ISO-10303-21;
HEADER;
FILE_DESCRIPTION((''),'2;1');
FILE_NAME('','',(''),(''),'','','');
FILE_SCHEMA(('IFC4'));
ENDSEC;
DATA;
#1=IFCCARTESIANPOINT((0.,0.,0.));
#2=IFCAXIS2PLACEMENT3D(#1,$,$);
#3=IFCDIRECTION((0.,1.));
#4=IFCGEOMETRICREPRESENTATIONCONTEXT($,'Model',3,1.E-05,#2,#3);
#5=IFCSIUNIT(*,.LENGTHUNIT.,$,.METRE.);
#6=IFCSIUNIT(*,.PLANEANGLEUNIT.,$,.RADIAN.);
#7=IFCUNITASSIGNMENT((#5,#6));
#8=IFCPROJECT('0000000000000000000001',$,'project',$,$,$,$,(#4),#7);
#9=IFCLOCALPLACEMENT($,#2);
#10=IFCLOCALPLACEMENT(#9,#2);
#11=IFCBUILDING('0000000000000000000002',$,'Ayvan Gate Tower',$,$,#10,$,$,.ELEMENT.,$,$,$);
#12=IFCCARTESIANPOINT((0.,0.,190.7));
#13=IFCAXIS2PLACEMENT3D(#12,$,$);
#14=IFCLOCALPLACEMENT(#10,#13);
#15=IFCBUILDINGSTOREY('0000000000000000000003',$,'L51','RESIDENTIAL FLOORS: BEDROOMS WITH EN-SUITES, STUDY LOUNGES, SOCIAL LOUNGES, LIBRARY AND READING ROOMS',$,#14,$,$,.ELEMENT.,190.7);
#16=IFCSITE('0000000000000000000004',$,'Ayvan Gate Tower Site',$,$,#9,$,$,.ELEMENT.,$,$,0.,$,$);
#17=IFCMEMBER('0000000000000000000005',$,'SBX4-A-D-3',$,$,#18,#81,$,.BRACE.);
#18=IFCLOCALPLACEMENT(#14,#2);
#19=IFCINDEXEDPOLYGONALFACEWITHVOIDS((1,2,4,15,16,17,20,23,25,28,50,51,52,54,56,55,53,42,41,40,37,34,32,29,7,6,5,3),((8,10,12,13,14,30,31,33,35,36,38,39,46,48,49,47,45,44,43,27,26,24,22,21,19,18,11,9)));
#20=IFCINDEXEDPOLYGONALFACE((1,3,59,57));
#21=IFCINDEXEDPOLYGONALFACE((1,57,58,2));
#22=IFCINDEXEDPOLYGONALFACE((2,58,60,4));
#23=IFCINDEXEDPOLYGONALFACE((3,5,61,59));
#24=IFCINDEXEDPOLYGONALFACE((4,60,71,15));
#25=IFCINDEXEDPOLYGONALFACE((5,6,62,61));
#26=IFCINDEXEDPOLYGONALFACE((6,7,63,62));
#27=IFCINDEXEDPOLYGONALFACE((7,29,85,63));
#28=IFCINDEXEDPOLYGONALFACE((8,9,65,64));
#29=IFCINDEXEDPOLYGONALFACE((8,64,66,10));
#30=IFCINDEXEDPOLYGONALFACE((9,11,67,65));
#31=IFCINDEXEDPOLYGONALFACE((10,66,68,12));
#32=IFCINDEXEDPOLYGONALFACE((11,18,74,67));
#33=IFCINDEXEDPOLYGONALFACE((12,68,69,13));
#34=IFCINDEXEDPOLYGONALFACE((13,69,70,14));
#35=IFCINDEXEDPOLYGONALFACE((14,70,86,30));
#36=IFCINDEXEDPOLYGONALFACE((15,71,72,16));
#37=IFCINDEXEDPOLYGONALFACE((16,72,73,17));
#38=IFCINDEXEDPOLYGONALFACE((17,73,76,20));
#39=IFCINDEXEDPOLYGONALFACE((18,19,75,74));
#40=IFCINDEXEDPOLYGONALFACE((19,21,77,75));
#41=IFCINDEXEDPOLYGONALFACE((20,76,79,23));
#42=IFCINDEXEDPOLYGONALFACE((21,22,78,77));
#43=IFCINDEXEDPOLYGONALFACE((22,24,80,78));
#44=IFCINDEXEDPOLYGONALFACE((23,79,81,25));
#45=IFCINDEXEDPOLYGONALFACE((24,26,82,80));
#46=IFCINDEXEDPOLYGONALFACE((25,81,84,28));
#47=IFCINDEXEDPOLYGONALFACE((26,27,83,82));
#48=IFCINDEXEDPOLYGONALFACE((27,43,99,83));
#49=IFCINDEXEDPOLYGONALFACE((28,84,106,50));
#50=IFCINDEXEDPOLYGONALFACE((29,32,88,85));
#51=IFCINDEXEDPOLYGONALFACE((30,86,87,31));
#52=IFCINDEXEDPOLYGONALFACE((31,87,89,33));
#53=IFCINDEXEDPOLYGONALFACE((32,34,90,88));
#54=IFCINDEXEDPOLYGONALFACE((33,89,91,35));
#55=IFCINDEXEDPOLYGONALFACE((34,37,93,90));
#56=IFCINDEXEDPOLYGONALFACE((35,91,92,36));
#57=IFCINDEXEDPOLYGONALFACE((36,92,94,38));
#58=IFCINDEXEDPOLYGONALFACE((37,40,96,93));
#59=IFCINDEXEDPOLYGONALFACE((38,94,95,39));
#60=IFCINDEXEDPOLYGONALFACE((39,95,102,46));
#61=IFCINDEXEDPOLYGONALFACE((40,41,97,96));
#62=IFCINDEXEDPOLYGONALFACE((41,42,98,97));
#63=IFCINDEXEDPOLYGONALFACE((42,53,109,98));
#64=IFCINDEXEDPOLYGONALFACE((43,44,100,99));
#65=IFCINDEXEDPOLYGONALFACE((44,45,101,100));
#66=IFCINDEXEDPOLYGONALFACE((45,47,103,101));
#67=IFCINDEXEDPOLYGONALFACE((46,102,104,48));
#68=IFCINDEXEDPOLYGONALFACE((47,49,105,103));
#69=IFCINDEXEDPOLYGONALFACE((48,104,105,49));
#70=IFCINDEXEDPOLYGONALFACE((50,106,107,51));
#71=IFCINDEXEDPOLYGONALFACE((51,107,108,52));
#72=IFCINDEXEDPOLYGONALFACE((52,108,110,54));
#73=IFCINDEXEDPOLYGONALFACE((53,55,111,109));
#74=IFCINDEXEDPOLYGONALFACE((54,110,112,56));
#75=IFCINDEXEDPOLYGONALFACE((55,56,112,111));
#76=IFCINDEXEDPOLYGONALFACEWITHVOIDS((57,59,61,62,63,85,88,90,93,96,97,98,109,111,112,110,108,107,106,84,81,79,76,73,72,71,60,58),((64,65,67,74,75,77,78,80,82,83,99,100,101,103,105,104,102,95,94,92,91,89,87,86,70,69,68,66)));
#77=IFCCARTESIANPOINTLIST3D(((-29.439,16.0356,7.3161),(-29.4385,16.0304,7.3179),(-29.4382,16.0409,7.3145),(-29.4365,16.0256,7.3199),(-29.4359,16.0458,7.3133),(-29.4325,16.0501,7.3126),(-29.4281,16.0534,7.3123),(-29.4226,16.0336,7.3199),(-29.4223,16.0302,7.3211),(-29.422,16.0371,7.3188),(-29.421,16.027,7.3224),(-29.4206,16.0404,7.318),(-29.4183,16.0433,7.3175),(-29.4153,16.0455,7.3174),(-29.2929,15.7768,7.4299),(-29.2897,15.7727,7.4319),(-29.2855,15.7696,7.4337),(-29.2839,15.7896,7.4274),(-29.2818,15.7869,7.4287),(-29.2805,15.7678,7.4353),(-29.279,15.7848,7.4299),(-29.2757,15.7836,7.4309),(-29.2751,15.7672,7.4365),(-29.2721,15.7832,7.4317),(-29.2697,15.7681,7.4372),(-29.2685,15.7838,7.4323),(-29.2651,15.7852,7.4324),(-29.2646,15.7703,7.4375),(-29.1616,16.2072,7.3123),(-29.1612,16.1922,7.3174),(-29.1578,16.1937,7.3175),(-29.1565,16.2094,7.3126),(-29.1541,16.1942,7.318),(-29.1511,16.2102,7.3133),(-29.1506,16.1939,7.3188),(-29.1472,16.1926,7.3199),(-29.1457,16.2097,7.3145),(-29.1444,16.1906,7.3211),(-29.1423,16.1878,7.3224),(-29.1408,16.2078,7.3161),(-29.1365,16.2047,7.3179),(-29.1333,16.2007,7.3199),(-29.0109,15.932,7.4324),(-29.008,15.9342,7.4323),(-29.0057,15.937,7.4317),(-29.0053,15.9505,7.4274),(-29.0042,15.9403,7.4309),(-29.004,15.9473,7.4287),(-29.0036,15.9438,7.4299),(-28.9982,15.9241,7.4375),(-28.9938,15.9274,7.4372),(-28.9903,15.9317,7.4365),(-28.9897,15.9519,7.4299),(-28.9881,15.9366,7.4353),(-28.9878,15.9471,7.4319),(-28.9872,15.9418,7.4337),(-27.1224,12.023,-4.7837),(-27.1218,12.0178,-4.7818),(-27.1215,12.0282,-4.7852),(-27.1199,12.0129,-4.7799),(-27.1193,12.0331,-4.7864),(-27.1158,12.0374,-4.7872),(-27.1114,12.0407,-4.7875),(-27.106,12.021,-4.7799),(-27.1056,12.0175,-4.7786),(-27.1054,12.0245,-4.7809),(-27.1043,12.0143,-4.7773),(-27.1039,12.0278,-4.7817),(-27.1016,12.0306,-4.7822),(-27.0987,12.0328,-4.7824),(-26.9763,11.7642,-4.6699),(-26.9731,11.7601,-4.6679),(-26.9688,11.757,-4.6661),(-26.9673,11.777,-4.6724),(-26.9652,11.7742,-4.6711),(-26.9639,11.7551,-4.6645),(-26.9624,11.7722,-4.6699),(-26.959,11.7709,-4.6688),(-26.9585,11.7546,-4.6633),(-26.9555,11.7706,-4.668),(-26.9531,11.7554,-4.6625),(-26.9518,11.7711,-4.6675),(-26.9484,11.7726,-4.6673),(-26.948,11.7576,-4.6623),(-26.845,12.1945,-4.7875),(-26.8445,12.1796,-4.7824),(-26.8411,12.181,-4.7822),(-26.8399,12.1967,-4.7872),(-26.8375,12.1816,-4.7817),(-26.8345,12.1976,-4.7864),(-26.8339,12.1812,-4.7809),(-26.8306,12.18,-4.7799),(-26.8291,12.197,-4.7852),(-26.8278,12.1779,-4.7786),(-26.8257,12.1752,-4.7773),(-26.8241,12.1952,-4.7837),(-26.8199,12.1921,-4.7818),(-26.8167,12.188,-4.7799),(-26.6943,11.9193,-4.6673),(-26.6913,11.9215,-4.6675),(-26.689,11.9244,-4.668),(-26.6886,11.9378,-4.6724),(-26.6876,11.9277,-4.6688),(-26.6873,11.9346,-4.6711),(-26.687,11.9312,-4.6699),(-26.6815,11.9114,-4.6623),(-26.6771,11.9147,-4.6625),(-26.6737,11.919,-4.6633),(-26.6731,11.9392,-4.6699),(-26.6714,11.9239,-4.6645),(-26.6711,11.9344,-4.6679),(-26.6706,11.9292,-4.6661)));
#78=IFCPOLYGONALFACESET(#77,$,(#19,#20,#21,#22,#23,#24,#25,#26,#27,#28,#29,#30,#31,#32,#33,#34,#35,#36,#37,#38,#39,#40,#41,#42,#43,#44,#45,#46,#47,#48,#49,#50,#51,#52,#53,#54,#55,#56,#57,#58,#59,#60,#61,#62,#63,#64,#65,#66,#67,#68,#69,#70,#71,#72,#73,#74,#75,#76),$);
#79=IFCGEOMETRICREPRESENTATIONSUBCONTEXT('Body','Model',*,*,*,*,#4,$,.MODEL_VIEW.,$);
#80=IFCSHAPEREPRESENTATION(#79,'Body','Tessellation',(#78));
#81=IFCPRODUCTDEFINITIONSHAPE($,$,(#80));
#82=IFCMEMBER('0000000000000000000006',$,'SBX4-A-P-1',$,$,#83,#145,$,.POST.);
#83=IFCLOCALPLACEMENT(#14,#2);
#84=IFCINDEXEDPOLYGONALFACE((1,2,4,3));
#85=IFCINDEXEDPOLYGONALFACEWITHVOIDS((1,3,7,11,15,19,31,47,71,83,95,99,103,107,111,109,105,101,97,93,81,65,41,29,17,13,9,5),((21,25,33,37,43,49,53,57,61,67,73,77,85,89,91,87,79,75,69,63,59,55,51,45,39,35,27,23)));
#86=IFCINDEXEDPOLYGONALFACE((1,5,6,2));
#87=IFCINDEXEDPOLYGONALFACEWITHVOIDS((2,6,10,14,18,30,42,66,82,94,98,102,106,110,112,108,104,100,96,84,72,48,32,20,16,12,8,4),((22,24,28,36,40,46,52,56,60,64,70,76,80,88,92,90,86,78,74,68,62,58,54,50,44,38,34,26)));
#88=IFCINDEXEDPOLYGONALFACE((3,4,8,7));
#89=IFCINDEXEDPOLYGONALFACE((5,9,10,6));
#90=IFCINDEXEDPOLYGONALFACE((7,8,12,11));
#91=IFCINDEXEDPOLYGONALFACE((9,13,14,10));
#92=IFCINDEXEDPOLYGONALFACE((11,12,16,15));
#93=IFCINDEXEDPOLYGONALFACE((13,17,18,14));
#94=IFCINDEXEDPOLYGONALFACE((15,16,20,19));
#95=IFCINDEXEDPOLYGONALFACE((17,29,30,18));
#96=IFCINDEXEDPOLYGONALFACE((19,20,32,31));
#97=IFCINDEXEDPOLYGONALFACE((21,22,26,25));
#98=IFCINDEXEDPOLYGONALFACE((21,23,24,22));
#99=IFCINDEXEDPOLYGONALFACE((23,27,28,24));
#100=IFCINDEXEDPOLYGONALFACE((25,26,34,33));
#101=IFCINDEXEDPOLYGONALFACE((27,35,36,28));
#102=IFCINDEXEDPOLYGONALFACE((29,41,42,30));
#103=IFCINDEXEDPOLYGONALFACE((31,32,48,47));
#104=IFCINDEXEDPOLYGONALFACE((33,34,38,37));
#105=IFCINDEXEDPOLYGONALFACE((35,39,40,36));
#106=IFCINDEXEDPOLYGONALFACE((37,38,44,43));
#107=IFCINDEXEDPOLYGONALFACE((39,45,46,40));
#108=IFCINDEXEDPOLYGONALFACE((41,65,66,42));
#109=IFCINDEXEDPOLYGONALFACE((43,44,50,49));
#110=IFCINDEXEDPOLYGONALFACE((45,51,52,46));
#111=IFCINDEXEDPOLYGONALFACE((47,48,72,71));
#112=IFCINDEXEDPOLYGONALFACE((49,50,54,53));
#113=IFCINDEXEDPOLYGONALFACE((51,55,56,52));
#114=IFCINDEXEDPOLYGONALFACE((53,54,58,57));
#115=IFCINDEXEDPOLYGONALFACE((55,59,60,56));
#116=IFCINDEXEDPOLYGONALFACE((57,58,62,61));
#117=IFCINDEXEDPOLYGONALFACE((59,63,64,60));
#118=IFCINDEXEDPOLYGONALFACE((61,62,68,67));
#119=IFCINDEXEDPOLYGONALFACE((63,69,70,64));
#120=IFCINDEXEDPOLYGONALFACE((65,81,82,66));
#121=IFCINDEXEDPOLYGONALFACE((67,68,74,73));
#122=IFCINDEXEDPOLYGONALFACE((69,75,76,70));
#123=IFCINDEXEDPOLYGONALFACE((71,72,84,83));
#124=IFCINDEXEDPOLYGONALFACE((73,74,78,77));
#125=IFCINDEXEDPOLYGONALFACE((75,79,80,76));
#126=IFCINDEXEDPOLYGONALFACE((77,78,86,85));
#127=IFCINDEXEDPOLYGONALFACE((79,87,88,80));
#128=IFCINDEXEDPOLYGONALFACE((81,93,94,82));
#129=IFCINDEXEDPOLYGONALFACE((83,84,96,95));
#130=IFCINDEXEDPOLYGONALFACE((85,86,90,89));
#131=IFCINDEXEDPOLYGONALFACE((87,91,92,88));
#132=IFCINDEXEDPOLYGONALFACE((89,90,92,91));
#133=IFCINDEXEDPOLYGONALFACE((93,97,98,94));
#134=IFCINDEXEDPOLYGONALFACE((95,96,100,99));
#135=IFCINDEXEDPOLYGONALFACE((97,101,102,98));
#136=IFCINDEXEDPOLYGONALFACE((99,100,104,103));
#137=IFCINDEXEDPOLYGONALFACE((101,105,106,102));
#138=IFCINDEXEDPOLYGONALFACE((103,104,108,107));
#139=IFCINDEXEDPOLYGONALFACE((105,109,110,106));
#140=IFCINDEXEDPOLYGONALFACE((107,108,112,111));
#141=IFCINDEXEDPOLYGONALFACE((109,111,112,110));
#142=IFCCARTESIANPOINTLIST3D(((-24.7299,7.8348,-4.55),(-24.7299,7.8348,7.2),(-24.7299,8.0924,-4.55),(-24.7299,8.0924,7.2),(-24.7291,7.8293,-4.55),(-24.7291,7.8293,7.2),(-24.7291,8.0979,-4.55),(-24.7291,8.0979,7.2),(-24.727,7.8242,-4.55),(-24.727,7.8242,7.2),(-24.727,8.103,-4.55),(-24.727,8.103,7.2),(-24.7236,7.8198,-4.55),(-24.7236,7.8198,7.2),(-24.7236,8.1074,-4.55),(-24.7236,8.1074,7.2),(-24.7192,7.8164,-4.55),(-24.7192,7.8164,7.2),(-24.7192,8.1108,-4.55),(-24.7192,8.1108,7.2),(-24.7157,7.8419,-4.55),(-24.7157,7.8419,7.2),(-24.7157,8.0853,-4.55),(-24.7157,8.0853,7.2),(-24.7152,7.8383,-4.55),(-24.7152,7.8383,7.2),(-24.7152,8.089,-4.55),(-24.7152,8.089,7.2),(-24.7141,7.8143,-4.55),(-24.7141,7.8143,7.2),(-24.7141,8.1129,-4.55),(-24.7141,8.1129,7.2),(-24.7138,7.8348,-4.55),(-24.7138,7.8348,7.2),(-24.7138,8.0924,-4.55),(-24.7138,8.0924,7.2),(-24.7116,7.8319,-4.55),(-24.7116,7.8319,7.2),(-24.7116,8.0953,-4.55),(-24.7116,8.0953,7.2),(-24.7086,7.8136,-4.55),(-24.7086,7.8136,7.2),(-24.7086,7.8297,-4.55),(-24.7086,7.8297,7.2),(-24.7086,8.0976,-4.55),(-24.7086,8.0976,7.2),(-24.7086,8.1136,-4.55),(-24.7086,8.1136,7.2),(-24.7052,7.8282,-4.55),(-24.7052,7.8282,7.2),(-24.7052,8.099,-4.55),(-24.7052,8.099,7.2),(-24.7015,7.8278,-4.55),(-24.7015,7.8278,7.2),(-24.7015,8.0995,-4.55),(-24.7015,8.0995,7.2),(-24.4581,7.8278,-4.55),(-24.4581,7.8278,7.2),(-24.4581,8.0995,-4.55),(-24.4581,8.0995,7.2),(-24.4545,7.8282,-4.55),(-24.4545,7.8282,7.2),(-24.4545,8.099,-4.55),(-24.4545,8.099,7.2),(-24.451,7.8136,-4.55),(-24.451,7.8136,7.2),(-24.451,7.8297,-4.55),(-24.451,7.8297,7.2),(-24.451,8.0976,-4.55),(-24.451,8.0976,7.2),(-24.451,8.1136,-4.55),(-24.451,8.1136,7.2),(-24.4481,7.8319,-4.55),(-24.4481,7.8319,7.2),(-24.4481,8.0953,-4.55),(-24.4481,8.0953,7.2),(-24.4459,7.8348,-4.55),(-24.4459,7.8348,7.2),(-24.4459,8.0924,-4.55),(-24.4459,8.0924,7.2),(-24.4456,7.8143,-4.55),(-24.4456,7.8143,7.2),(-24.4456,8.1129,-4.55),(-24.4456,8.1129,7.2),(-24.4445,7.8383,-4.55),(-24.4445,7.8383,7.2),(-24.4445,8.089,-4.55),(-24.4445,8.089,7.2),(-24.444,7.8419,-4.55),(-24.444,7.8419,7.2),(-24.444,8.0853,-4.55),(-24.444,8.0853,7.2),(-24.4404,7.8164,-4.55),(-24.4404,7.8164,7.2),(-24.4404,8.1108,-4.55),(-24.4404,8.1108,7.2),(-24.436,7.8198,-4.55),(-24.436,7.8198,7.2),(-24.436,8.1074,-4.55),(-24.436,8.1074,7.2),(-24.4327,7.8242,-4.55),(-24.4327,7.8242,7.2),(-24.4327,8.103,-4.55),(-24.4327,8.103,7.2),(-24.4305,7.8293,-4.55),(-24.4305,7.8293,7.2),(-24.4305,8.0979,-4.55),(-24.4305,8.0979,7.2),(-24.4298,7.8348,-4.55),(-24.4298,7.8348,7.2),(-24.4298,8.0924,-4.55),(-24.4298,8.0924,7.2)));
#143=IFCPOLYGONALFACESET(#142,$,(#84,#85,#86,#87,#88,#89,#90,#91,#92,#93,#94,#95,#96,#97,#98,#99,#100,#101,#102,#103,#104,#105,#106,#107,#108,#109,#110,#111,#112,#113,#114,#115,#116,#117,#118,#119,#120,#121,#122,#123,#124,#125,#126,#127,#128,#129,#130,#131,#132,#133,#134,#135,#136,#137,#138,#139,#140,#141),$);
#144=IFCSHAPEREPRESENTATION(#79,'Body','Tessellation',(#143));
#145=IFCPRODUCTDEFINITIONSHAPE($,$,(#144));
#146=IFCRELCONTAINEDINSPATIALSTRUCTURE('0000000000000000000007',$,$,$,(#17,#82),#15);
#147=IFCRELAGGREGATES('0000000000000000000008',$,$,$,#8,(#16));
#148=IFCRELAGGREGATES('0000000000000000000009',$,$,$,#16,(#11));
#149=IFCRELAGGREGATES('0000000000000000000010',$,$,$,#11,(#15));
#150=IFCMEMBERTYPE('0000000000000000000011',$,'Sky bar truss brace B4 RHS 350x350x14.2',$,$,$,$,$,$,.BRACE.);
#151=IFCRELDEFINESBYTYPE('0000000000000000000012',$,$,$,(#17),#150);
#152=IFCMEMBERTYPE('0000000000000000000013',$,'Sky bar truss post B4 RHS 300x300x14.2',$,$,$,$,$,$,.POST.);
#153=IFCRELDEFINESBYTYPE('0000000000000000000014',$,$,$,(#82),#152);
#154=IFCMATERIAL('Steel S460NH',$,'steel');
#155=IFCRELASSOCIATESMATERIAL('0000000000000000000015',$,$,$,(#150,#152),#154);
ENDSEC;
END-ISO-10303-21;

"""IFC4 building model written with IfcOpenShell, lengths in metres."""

from ifc_helpers import new_model, si_unit, direction, frame, origin, origin_2d, place, context, subcontext, project, spatial, hollow_rectangle, extrude, material, material_profile, profile_set, type_object, element, save


model = new_model("IFC4")

# Units and contexts
model_context = context("Model", 3, precision=1e-05, world=origin(), true_north=direction((0.0, 1.0)))
body_context = subcontext(model_context, "Body", "Model", "MODEL_VIEW")
ifc_project = project(units=[si_unit("LENGTHUNIT", "METRE"), si_unit("PLANEANGLEUNIT", "RADIAN")], contexts=[model_context])

# Site, building, storey
site_placement = place(None, origin())
site = spatial("IfcSite", under=ifc_project, at=site_placement, Name="Ayvan Gate Tower Site", CompositionType="ELEMENT", RefElevation=0.0)
building_placement = place(site_placement, origin())
building = spatial("IfcBuilding", under=site, at=building_placement, Name="Ayvan Gate Tower", CompositionType="ELEMENT")
storey_placement = place(building_placement, frame((0.0, 0.0, 190.7)))
storey = spatial("IfcBuildingStorey", under=building, at=storey_placement, Name="L51", Description="RESIDENTIAL FLOORS: BEDROOMS WITH EN-SUITES, STUDY LOUNGES, SOCIAL LOUNGES, LIBRARY AND READING ROOMS", CompositionType="ELEMENT", Elevation=190.7)

# Members
ifc_material_1 = material(Name="Steel S460NH", Category="steel")
ifc_material_profile_1 = material_profile(ifc_material_1, hollow_rectangle(XDim=0.3501, YDim=0.3501, WallThickness=0.0142, InnerFilletRadius=0.0142, OuterFilletRadius=0.0212, at=origin_2d()), Name="RHS 350x350x14.2")
ifc_profile_set_1 = profile_set([ifc_material_profile_1], Name="Steel S460NH")
member_type_1 = type_object("IfcMemberType", Name="Sky bar truss brace B4 RHS 350x350x14.2", PredefinedType="BRACE", material=ifc_profile_set_1)
for number, where, z_axis, x_axis, name in (
    (1, (-26.8965, 11.9761, -4.7249), (-0.1788, 0.309701, 0.933871), (-0.866033, -0.499987, 0.0), "SBX4-A-D-3"),
):
    element("IfcMember", number, at=place(storey_placement, frame(where, z_axis=z_axis, x_axis=x_axis)), inside=storey, type_object=member_type_1, Name=name, PredefinedType="BRACE", context=body_context, shape_type="SweptSolid", body=[
        extrude(hollow_rectangle(XDim=0.3501, YDim=0.3501, WallThickness=0.0142, InnerFilletRadius=0.0142, OuterFilletRadius=0.0212, at=origin_2d()), origin(), (0.0, 0.0, 1.0), 12.9565),
    ])
ifc_material_profile_2 = material_profile(ifc_material_1, hollow_rectangle(XDim=0.3, YDim=0.3, WallThickness=0.0142, InnerFilletRadius=0.0142, OuterFilletRadius=0.0212, at=origin_2d()), Name="RHS 300x300x14.2")
ifc_profile_set_2 = profile_set([ifc_material_profile_2], Name="Steel S460NH")
member_type_2 = type_object("IfcMemberType", Name="Sky bar truss post B4 RHS 300x300x14.2", PredefinedType="POST", material=ifc_profile_set_2)
for number, where, z_axis, x_axis, name in (
    (2, (-24.5798, 7.9636, -4.55), (0.0, 0.0, 1.0), (1.0, 0.0, 0.0), "SBX4-A-P-1"),
):
    element("IfcMember", number, at=place(storey_placement, frame(where, z_axis=z_axis, x_axis=x_axis)), inside=storey, type_object=member_type_2, Name=name, PredefinedType="POST", context=body_context, shape_type="SweptSolid", body=[
        extrude(hollow_rectangle(XDim=0.3, YDim=0.3, WallThickness=0.0142, InnerFilletRadius=0.0142, OuterFilletRadius=0.0212, at=origin_2d()), origin(), (0.0, 0.0, 1.0), 11.75),
    ])

save(model, "model.ifc")
